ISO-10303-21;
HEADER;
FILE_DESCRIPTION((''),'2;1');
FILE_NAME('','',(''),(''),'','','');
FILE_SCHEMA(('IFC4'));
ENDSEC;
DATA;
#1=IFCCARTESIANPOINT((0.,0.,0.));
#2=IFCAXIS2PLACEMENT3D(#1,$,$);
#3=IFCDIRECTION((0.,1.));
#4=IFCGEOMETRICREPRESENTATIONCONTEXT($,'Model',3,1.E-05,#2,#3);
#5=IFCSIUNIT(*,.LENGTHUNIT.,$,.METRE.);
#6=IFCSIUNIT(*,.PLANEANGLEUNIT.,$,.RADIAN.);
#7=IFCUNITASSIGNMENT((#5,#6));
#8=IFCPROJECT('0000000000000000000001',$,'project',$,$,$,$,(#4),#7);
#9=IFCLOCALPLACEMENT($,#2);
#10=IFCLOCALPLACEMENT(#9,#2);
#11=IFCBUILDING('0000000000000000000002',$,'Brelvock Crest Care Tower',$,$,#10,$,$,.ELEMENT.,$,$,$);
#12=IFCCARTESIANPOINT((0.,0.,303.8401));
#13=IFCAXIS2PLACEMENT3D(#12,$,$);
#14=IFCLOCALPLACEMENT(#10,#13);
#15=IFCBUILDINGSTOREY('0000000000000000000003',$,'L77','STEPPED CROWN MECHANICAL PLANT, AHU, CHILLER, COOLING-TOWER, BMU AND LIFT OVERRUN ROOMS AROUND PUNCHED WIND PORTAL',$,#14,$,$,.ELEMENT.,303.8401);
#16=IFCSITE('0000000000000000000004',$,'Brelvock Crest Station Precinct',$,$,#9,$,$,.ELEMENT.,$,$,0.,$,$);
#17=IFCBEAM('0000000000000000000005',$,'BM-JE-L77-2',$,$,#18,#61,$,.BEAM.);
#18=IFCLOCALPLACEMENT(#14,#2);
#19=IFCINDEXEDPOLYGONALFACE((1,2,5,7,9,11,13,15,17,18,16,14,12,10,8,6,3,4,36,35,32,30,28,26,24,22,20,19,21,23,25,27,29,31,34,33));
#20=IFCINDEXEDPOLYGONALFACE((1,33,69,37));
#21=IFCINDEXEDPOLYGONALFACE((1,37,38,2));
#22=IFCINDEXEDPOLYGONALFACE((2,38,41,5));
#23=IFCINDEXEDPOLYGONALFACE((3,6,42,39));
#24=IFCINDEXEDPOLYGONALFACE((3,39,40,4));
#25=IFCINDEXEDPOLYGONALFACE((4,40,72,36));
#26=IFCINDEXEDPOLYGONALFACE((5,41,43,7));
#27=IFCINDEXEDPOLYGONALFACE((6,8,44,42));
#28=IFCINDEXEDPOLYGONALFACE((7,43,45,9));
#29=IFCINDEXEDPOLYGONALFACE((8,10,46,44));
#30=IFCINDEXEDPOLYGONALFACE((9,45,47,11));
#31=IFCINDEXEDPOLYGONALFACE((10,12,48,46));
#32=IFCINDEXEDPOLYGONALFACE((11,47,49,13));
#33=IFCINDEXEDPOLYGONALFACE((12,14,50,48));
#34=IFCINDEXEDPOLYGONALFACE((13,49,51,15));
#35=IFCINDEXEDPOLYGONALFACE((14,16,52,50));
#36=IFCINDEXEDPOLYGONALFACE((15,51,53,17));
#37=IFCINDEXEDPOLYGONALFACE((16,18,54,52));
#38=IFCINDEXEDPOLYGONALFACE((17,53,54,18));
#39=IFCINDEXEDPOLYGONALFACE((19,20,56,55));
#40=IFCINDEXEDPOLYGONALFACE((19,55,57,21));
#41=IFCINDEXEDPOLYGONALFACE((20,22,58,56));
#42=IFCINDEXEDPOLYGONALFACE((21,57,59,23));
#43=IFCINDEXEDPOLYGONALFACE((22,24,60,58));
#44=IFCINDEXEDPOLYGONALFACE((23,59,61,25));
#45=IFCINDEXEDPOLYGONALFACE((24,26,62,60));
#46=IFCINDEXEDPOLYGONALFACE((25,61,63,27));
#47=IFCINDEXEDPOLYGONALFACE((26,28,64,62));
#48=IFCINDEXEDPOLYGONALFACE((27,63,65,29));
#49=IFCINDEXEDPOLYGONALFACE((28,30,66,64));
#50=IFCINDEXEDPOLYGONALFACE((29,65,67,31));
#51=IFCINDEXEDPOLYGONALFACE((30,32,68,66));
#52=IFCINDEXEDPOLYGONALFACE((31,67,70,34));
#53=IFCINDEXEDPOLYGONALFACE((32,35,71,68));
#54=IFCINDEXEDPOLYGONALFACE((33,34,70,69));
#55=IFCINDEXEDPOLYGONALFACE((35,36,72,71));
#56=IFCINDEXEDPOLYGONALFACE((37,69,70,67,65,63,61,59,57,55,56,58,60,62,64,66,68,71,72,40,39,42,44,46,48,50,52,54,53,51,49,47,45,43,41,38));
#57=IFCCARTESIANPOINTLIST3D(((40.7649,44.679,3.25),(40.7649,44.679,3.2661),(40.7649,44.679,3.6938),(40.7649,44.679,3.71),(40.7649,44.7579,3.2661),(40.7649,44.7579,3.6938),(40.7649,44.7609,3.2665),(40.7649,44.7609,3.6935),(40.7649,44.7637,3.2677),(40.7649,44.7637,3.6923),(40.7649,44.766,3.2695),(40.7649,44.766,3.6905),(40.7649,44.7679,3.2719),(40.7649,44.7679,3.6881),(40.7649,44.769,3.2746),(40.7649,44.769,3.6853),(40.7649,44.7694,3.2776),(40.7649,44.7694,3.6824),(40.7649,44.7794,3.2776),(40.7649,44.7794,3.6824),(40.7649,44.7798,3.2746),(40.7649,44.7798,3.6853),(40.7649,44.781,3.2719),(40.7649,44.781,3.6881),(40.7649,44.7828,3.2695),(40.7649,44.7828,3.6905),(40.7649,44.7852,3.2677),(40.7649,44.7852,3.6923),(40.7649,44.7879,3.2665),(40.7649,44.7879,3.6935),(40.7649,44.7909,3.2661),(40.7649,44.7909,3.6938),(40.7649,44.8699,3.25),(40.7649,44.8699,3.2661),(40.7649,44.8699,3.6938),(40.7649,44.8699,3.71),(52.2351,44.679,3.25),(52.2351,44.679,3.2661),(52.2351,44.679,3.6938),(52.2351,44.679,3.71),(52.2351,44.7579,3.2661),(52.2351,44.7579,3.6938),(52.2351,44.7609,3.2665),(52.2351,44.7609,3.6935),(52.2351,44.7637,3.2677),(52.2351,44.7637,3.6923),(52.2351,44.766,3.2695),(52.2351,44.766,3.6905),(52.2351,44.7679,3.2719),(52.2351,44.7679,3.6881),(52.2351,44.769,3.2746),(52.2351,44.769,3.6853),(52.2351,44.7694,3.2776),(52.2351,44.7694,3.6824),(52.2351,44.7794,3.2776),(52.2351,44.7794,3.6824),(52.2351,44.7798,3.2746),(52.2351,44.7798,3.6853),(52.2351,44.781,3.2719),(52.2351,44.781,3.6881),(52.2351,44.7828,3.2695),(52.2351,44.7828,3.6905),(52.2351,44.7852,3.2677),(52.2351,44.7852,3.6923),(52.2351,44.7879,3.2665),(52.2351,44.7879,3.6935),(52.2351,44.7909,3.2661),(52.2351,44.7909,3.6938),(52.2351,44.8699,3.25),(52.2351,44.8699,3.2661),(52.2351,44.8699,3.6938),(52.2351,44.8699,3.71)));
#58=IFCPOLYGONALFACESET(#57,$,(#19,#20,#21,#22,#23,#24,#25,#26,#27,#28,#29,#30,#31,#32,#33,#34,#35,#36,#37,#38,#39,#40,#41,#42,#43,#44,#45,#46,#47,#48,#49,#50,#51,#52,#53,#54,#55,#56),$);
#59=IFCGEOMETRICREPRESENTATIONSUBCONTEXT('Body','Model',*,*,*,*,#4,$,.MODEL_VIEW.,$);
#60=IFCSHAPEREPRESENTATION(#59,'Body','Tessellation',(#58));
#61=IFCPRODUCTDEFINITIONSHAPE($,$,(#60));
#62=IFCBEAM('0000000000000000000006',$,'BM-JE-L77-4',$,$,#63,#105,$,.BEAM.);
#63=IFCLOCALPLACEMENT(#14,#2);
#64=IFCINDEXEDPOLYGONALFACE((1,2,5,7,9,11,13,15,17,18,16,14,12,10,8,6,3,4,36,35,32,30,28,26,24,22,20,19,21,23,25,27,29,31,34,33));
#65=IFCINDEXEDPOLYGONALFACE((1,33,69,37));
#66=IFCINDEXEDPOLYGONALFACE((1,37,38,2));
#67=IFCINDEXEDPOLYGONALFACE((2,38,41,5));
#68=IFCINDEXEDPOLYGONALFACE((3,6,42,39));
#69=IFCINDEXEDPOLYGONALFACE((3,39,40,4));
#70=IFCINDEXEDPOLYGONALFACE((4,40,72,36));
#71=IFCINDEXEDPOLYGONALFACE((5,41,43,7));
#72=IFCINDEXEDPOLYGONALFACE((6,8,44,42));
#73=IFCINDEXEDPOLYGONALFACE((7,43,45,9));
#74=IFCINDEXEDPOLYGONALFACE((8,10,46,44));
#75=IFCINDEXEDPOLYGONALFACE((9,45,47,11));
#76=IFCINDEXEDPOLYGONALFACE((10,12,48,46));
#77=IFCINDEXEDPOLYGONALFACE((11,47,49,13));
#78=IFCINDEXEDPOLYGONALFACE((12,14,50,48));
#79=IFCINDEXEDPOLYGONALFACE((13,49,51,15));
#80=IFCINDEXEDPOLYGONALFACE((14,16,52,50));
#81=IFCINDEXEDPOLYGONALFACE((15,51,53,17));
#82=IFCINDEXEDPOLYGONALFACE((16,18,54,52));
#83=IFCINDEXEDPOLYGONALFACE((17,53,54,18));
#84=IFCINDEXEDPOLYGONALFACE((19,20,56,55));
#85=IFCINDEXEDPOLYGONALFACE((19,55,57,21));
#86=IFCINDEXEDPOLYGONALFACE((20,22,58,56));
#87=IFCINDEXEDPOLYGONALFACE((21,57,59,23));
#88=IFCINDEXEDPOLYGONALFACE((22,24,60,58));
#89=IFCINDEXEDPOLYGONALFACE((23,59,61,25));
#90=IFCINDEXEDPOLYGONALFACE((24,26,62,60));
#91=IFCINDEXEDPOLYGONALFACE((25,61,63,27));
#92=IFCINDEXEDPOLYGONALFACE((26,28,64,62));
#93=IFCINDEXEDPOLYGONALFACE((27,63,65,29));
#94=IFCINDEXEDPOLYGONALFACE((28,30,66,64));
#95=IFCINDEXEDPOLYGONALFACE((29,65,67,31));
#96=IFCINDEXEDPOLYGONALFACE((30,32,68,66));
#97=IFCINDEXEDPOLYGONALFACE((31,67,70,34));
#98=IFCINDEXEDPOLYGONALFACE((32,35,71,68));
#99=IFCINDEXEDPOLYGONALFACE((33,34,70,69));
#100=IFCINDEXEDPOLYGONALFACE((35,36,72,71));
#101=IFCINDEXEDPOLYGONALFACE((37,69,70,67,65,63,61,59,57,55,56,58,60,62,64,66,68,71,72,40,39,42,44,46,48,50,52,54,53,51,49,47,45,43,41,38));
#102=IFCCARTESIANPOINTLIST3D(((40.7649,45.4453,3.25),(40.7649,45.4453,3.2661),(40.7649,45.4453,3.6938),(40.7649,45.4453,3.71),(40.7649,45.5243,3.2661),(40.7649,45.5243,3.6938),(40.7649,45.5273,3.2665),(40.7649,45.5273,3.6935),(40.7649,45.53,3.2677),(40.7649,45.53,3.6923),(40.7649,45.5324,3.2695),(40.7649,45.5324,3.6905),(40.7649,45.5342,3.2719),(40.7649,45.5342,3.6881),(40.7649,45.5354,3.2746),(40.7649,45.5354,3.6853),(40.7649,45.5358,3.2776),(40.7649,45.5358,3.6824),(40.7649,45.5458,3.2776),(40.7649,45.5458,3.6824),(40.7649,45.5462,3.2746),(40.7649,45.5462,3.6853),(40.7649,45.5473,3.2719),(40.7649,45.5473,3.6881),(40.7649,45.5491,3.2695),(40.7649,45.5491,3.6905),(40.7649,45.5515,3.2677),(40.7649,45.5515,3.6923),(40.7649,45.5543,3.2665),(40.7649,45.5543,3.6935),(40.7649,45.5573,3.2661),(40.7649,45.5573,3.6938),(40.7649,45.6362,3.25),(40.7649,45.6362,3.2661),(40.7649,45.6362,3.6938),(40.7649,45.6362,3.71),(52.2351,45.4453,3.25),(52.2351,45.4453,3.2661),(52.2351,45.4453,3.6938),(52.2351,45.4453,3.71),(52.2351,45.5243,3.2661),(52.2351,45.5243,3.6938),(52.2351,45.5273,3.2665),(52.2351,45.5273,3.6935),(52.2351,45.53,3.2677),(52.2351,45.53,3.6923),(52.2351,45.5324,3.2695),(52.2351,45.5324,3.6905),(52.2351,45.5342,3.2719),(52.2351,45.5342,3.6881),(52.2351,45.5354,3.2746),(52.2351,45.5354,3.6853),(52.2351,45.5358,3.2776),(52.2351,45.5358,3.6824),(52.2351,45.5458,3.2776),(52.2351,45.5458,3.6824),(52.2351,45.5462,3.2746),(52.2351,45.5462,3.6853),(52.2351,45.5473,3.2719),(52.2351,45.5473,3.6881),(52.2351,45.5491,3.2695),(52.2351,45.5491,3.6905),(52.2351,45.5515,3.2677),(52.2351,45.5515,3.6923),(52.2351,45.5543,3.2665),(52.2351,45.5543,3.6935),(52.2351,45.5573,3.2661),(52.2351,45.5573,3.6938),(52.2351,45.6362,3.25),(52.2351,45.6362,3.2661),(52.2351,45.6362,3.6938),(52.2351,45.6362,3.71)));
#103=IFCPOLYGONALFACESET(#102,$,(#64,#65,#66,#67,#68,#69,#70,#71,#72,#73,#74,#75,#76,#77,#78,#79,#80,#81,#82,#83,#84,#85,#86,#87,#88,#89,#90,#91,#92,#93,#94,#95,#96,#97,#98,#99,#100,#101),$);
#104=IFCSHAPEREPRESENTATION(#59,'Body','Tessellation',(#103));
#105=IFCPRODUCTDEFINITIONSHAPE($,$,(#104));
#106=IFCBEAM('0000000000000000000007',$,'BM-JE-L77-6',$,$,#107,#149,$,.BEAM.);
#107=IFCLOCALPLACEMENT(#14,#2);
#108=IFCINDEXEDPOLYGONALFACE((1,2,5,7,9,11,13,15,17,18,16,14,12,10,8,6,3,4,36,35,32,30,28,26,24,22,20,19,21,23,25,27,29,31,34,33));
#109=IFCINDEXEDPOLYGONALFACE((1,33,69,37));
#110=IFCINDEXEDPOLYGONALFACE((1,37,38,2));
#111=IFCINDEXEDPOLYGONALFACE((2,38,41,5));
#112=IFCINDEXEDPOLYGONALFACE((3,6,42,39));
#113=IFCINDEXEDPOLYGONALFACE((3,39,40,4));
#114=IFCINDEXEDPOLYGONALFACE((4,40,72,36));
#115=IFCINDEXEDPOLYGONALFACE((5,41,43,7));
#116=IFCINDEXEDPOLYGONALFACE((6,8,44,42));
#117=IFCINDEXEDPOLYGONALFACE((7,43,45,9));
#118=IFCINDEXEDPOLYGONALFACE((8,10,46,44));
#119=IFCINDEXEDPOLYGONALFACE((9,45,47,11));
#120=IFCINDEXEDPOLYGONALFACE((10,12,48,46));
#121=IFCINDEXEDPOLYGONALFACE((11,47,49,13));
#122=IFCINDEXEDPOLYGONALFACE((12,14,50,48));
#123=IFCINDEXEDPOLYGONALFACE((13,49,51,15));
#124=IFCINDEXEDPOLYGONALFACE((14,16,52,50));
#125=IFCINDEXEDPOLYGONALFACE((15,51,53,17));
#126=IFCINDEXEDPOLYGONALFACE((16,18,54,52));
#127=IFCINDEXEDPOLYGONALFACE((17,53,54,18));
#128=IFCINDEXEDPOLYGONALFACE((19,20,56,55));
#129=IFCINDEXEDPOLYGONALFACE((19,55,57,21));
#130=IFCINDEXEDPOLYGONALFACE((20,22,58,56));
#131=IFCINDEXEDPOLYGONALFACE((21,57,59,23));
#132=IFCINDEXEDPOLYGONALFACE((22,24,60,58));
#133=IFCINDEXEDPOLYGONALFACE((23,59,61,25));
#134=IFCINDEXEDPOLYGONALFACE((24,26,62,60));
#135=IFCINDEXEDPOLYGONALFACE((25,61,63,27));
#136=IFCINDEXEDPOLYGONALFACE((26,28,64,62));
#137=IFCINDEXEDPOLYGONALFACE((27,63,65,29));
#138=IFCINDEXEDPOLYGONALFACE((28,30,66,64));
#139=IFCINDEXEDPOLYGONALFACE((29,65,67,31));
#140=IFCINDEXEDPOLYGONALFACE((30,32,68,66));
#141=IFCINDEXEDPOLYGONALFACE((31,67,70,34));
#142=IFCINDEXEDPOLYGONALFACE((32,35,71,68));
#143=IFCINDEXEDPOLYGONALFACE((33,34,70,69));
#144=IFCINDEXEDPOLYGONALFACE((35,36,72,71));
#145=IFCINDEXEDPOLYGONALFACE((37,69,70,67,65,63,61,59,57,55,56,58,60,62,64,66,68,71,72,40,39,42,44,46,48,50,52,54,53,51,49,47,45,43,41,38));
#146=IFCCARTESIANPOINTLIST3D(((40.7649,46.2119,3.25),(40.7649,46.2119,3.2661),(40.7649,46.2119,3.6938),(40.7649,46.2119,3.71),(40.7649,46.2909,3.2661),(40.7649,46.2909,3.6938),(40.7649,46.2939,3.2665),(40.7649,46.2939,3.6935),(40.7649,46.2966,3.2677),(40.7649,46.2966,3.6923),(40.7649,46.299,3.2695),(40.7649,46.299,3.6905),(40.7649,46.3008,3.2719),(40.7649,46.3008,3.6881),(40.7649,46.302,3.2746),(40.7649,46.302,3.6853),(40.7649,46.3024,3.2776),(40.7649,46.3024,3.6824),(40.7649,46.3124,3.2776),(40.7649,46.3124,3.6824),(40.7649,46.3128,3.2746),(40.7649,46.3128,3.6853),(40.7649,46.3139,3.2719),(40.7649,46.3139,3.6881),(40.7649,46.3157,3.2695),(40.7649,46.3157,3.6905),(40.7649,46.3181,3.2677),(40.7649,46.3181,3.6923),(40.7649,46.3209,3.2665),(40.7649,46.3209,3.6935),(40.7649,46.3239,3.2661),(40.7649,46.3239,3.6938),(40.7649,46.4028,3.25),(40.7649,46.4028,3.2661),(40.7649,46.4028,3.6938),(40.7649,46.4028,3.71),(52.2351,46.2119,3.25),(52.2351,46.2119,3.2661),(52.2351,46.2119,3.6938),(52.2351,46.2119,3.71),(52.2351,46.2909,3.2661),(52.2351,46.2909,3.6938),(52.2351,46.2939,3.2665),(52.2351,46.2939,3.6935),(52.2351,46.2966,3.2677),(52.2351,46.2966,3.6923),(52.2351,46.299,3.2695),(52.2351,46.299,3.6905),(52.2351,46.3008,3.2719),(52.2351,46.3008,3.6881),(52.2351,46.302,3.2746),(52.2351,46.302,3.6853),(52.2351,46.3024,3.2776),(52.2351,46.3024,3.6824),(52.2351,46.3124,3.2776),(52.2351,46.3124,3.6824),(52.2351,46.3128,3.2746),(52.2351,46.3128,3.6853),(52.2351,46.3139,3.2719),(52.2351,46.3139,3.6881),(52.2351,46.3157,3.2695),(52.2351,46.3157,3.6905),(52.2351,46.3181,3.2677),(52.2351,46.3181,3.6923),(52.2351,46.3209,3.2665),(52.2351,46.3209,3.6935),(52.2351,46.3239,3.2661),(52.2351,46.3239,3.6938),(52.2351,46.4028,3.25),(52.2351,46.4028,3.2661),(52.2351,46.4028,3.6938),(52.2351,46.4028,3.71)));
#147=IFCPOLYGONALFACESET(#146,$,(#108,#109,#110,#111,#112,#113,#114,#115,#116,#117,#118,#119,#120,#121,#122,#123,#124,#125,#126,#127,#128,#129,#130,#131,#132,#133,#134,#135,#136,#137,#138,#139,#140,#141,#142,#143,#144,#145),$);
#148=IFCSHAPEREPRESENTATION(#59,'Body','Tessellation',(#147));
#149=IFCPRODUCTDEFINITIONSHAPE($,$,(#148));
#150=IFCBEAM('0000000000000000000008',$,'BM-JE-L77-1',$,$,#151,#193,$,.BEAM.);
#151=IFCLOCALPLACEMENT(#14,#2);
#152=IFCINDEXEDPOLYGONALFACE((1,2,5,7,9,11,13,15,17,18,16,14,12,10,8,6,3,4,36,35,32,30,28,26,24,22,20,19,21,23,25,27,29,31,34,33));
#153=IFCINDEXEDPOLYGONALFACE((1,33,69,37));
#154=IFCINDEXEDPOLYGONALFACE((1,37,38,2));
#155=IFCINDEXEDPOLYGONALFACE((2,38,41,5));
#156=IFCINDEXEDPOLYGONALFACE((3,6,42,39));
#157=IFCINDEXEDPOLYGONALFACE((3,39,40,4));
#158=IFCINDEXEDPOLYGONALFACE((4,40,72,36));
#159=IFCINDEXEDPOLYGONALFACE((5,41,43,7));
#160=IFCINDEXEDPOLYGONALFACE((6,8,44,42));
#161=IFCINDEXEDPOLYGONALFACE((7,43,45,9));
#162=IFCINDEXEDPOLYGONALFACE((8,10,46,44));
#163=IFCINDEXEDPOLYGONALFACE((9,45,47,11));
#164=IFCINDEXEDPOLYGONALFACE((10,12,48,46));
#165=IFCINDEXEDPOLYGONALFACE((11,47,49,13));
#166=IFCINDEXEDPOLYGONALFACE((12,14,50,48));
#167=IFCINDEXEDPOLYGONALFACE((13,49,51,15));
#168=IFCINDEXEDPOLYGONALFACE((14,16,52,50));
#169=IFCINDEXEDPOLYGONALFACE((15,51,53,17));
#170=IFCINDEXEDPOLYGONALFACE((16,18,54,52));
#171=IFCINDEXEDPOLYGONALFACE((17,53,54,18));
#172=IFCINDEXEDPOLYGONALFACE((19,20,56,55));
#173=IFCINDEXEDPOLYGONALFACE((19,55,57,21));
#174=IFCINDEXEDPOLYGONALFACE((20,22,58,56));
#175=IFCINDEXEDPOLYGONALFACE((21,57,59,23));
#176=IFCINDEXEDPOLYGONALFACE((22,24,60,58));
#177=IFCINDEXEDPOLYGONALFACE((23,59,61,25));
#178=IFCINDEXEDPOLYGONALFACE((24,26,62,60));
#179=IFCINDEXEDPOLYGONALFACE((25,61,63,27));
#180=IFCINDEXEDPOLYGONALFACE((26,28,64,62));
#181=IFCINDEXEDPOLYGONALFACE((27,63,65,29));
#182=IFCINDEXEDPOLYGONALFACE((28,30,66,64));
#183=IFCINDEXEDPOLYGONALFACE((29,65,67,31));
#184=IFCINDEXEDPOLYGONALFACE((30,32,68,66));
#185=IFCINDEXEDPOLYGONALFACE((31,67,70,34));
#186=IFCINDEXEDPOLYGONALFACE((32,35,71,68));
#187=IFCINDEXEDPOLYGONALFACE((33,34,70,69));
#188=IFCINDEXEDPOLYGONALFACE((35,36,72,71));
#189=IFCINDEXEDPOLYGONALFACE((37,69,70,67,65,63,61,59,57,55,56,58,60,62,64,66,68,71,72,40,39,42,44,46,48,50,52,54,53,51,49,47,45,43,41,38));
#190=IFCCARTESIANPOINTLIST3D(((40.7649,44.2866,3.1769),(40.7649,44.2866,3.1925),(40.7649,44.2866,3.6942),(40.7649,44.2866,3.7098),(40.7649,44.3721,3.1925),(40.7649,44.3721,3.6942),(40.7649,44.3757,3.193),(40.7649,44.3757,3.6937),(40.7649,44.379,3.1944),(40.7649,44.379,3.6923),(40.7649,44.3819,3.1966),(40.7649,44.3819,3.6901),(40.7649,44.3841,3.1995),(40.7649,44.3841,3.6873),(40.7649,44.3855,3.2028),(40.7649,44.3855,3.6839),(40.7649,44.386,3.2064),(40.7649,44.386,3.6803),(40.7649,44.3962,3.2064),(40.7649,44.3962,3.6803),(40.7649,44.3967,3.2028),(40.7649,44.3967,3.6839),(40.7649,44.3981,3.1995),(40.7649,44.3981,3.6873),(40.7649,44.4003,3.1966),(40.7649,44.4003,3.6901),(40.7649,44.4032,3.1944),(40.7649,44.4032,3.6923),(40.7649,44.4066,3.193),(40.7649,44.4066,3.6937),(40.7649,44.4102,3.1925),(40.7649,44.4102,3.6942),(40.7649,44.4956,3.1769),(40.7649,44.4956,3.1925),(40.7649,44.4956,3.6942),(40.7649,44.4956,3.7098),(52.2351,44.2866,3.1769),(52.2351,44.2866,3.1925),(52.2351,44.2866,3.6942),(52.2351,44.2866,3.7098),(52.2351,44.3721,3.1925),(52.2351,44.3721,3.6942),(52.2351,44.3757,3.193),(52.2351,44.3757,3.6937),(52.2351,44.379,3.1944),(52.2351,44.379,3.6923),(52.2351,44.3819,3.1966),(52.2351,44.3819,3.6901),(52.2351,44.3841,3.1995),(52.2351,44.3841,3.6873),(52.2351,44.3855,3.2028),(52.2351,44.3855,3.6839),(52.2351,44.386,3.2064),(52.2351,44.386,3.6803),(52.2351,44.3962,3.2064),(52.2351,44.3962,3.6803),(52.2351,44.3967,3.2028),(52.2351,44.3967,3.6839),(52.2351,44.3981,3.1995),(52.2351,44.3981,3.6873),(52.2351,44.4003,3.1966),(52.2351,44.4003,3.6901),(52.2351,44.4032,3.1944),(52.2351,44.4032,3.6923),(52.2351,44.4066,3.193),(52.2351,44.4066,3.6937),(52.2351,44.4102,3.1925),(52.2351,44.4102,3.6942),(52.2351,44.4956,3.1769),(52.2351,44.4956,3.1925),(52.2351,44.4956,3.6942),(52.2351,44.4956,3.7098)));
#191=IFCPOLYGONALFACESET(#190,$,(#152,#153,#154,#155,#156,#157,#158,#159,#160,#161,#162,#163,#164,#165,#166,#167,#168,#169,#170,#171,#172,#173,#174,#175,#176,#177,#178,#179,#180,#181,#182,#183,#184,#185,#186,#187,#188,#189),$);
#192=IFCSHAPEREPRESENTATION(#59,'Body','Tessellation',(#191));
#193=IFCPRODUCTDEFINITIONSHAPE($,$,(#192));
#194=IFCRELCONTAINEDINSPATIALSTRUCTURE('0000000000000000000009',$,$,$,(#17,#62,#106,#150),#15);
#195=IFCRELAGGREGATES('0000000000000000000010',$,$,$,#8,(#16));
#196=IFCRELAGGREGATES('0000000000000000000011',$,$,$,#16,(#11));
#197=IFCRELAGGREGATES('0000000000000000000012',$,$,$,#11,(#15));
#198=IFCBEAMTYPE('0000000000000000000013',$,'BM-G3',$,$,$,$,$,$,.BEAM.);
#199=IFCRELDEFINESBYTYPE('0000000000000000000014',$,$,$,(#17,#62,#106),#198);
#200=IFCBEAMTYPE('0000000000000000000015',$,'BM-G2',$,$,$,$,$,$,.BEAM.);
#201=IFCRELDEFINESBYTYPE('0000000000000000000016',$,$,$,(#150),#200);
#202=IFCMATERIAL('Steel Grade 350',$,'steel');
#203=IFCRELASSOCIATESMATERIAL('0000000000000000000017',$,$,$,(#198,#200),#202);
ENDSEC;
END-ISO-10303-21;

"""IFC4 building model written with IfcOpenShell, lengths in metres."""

from ifc_helpers import new_model, si_unit, direction, frame, origin, origin_2d, place, context, subcontext, project, spatial, i_section, extrude, source, transform, mapped, material, material_profile, profile_set, type_object, element, save


model = new_model("IFC4")

# Units and contexts
model_context = context("Model", 3, precision=1e-05, world=origin(), true_north=direction((0.0, 1.0)))
body_context = subcontext(model_context, "Body", "Model", "MODEL_VIEW")
ifc_project = project(units=[si_unit("LENGTHUNIT", "METRE"), si_unit("PLANEANGLEUNIT", "RADIAN")], contexts=[model_context])

# Site, building, storey
site_placement = place(None, origin())
site = spatial("IfcSite", under=ifc_project, at=site_placement, Name="Brelvock Crest Station Precinct", CompositionType="ELEMENT", RefElevation=0.0)
building_placement = place(site_placement, origin())
building = spatial("IfcBuilding", under=site, at=building_placement, Name="Brelvock Crest Care Tower", CompositionType="ELEMENT")
storey_placement = place(building_placement, frame((0.0, 0.0, 303.8401)))
storey = spatial("IfcBuildingStorey", under=building, at=storey_placement, Name="L77", Description="STEPPED CROWN MECHANICAL PLANT, AHU, CHILLER, COOLING-TOWER, BMU AND LIFT OVERRUN ROOMS AROUND PUNCHED WIND PORTAL", CompositionType="ELEMENT", Elevation=303.8401)

# Shared definitions
ifc_material_1 = material(Name="Steel Grade 350", Category="steel")

# Beams
ifc_material_profile_1 = material_profile(ifc_material_1, i_section(OverallWidth=0.1909, OverallDepth=0.46, WebThickness=0.01, FlangeThickness=0.0161, FilletRadius=0.0115, at=origin_2d()), Name="460UB82.1")
ifc_profile_set_1 = profile_set([ifc_material_profile_1], Name="Steel Grade 350")
beam_type_1 = type_object("IfcBeamType", Name="BM-G3", PredefinedType="BEAM", material=ifc_profile_set_1)
shared_shape_1 = source(origin(), body_context, "Body", "SweptSolid", [
    extrude(i_section(OverallWidth=0.1909, OverallDepth=0.46, WebThickness=0.01, FlangeThickness=0.0161, FilletRadius=0.0115, at=origin_2d()), origin(), (0.0, 0.0, 1.0), 11.4702),
])
for number, where, z_axis, x_axis, name in (
    (1, (40.7649, 44.7744, 3.48), (1.0, 0.0, 0.0), (0.0, 1.0, 0.0), "BM-JE-L77-2"),
    (2, (40.7649, 45.5408, 3.48), (1.0, 0.0, 0.0), (0.0, 1.0, 0.0), "BM-JE-L77-4"),
    (3, (40.7649, 46.3074, 3.48), (1.0, 0.0, 0.0), (0.0, 1.0, 0.0), "BM-JE-L77-6"),
):
    element("IfcBeam", number, at=place(storey_placement, frame(where, z_axis=z_axis, x_axis=x_axis)), inside=storey, type_object=beam_type_1, Name=name, PredefinedType="BEAM", context=body_context, shape_type="MappedRepresentation", body=[
        mapped(shared_shape_1, transform((0.0, 0.0, 0.0), x_axis=(1.0, 0.0, 0.0), y_axis=(0.0, 1.0, 0.0), z_axis=(0.0, 0.0, 1.0), scale=1.0)),
    ])
ifc_material_profile_2 = material_profile(ifc_material_1, i_section(OverallWidth=0.209, OverallDepth=0.533, WebThickness=0.0103, FlangeThickness=0.0156, FilletRadius=0.0139, at=origin_2d()), Name="530UB92.4")
ifc_profile_set_2 = profile_set([ifc_material_profile_2], Name="Steel Grade 350")
beam_type_2 = type_object("IfcBeamType", Name="BM-G2", PredefinedType="BEAM", material=ifc_profile_set_2)
shared_shape_2 = source(origin(), body_context, "Body", "SweptSolid", [
    extrude(i_section(OverallWidth=0.209, OverallDepth=0.533, WebThickness=0.0103, FlangeThickness=0.0156, FilletRadius=0.0139, at=origin_2d()), origin(), (0.0, 0.0, 1.0), 11.4702),
])
for number, where, z_axis, x_axis, name in (
    (4, (40.7649, 44.3911, 3.4434), (1.0, 0.0, 0.0), (0.0, 1.0, 0.0), "BM-JE-L77-1"),
):
    element("IfcBeam", number, at=place(storey_placement, frame(where, z_axis=z_axis, x_axis=x_axis)), inside=storey, type_object=beam_type_2, Name=name, PredefinedType="BEAM", context=body_context, shape_type="MappedRepresentation", body=[
        mapped(shared_shape_2, transform((0.0, 0.0, 0.0), x_axis=(1.0, 0.0, 0.0), y_axis=(0.0, 1.0, 0.0), z_axis=(0.0, 0.0, 1.0), scale=1.0)),
    ])

save(model, "model.ifc")
